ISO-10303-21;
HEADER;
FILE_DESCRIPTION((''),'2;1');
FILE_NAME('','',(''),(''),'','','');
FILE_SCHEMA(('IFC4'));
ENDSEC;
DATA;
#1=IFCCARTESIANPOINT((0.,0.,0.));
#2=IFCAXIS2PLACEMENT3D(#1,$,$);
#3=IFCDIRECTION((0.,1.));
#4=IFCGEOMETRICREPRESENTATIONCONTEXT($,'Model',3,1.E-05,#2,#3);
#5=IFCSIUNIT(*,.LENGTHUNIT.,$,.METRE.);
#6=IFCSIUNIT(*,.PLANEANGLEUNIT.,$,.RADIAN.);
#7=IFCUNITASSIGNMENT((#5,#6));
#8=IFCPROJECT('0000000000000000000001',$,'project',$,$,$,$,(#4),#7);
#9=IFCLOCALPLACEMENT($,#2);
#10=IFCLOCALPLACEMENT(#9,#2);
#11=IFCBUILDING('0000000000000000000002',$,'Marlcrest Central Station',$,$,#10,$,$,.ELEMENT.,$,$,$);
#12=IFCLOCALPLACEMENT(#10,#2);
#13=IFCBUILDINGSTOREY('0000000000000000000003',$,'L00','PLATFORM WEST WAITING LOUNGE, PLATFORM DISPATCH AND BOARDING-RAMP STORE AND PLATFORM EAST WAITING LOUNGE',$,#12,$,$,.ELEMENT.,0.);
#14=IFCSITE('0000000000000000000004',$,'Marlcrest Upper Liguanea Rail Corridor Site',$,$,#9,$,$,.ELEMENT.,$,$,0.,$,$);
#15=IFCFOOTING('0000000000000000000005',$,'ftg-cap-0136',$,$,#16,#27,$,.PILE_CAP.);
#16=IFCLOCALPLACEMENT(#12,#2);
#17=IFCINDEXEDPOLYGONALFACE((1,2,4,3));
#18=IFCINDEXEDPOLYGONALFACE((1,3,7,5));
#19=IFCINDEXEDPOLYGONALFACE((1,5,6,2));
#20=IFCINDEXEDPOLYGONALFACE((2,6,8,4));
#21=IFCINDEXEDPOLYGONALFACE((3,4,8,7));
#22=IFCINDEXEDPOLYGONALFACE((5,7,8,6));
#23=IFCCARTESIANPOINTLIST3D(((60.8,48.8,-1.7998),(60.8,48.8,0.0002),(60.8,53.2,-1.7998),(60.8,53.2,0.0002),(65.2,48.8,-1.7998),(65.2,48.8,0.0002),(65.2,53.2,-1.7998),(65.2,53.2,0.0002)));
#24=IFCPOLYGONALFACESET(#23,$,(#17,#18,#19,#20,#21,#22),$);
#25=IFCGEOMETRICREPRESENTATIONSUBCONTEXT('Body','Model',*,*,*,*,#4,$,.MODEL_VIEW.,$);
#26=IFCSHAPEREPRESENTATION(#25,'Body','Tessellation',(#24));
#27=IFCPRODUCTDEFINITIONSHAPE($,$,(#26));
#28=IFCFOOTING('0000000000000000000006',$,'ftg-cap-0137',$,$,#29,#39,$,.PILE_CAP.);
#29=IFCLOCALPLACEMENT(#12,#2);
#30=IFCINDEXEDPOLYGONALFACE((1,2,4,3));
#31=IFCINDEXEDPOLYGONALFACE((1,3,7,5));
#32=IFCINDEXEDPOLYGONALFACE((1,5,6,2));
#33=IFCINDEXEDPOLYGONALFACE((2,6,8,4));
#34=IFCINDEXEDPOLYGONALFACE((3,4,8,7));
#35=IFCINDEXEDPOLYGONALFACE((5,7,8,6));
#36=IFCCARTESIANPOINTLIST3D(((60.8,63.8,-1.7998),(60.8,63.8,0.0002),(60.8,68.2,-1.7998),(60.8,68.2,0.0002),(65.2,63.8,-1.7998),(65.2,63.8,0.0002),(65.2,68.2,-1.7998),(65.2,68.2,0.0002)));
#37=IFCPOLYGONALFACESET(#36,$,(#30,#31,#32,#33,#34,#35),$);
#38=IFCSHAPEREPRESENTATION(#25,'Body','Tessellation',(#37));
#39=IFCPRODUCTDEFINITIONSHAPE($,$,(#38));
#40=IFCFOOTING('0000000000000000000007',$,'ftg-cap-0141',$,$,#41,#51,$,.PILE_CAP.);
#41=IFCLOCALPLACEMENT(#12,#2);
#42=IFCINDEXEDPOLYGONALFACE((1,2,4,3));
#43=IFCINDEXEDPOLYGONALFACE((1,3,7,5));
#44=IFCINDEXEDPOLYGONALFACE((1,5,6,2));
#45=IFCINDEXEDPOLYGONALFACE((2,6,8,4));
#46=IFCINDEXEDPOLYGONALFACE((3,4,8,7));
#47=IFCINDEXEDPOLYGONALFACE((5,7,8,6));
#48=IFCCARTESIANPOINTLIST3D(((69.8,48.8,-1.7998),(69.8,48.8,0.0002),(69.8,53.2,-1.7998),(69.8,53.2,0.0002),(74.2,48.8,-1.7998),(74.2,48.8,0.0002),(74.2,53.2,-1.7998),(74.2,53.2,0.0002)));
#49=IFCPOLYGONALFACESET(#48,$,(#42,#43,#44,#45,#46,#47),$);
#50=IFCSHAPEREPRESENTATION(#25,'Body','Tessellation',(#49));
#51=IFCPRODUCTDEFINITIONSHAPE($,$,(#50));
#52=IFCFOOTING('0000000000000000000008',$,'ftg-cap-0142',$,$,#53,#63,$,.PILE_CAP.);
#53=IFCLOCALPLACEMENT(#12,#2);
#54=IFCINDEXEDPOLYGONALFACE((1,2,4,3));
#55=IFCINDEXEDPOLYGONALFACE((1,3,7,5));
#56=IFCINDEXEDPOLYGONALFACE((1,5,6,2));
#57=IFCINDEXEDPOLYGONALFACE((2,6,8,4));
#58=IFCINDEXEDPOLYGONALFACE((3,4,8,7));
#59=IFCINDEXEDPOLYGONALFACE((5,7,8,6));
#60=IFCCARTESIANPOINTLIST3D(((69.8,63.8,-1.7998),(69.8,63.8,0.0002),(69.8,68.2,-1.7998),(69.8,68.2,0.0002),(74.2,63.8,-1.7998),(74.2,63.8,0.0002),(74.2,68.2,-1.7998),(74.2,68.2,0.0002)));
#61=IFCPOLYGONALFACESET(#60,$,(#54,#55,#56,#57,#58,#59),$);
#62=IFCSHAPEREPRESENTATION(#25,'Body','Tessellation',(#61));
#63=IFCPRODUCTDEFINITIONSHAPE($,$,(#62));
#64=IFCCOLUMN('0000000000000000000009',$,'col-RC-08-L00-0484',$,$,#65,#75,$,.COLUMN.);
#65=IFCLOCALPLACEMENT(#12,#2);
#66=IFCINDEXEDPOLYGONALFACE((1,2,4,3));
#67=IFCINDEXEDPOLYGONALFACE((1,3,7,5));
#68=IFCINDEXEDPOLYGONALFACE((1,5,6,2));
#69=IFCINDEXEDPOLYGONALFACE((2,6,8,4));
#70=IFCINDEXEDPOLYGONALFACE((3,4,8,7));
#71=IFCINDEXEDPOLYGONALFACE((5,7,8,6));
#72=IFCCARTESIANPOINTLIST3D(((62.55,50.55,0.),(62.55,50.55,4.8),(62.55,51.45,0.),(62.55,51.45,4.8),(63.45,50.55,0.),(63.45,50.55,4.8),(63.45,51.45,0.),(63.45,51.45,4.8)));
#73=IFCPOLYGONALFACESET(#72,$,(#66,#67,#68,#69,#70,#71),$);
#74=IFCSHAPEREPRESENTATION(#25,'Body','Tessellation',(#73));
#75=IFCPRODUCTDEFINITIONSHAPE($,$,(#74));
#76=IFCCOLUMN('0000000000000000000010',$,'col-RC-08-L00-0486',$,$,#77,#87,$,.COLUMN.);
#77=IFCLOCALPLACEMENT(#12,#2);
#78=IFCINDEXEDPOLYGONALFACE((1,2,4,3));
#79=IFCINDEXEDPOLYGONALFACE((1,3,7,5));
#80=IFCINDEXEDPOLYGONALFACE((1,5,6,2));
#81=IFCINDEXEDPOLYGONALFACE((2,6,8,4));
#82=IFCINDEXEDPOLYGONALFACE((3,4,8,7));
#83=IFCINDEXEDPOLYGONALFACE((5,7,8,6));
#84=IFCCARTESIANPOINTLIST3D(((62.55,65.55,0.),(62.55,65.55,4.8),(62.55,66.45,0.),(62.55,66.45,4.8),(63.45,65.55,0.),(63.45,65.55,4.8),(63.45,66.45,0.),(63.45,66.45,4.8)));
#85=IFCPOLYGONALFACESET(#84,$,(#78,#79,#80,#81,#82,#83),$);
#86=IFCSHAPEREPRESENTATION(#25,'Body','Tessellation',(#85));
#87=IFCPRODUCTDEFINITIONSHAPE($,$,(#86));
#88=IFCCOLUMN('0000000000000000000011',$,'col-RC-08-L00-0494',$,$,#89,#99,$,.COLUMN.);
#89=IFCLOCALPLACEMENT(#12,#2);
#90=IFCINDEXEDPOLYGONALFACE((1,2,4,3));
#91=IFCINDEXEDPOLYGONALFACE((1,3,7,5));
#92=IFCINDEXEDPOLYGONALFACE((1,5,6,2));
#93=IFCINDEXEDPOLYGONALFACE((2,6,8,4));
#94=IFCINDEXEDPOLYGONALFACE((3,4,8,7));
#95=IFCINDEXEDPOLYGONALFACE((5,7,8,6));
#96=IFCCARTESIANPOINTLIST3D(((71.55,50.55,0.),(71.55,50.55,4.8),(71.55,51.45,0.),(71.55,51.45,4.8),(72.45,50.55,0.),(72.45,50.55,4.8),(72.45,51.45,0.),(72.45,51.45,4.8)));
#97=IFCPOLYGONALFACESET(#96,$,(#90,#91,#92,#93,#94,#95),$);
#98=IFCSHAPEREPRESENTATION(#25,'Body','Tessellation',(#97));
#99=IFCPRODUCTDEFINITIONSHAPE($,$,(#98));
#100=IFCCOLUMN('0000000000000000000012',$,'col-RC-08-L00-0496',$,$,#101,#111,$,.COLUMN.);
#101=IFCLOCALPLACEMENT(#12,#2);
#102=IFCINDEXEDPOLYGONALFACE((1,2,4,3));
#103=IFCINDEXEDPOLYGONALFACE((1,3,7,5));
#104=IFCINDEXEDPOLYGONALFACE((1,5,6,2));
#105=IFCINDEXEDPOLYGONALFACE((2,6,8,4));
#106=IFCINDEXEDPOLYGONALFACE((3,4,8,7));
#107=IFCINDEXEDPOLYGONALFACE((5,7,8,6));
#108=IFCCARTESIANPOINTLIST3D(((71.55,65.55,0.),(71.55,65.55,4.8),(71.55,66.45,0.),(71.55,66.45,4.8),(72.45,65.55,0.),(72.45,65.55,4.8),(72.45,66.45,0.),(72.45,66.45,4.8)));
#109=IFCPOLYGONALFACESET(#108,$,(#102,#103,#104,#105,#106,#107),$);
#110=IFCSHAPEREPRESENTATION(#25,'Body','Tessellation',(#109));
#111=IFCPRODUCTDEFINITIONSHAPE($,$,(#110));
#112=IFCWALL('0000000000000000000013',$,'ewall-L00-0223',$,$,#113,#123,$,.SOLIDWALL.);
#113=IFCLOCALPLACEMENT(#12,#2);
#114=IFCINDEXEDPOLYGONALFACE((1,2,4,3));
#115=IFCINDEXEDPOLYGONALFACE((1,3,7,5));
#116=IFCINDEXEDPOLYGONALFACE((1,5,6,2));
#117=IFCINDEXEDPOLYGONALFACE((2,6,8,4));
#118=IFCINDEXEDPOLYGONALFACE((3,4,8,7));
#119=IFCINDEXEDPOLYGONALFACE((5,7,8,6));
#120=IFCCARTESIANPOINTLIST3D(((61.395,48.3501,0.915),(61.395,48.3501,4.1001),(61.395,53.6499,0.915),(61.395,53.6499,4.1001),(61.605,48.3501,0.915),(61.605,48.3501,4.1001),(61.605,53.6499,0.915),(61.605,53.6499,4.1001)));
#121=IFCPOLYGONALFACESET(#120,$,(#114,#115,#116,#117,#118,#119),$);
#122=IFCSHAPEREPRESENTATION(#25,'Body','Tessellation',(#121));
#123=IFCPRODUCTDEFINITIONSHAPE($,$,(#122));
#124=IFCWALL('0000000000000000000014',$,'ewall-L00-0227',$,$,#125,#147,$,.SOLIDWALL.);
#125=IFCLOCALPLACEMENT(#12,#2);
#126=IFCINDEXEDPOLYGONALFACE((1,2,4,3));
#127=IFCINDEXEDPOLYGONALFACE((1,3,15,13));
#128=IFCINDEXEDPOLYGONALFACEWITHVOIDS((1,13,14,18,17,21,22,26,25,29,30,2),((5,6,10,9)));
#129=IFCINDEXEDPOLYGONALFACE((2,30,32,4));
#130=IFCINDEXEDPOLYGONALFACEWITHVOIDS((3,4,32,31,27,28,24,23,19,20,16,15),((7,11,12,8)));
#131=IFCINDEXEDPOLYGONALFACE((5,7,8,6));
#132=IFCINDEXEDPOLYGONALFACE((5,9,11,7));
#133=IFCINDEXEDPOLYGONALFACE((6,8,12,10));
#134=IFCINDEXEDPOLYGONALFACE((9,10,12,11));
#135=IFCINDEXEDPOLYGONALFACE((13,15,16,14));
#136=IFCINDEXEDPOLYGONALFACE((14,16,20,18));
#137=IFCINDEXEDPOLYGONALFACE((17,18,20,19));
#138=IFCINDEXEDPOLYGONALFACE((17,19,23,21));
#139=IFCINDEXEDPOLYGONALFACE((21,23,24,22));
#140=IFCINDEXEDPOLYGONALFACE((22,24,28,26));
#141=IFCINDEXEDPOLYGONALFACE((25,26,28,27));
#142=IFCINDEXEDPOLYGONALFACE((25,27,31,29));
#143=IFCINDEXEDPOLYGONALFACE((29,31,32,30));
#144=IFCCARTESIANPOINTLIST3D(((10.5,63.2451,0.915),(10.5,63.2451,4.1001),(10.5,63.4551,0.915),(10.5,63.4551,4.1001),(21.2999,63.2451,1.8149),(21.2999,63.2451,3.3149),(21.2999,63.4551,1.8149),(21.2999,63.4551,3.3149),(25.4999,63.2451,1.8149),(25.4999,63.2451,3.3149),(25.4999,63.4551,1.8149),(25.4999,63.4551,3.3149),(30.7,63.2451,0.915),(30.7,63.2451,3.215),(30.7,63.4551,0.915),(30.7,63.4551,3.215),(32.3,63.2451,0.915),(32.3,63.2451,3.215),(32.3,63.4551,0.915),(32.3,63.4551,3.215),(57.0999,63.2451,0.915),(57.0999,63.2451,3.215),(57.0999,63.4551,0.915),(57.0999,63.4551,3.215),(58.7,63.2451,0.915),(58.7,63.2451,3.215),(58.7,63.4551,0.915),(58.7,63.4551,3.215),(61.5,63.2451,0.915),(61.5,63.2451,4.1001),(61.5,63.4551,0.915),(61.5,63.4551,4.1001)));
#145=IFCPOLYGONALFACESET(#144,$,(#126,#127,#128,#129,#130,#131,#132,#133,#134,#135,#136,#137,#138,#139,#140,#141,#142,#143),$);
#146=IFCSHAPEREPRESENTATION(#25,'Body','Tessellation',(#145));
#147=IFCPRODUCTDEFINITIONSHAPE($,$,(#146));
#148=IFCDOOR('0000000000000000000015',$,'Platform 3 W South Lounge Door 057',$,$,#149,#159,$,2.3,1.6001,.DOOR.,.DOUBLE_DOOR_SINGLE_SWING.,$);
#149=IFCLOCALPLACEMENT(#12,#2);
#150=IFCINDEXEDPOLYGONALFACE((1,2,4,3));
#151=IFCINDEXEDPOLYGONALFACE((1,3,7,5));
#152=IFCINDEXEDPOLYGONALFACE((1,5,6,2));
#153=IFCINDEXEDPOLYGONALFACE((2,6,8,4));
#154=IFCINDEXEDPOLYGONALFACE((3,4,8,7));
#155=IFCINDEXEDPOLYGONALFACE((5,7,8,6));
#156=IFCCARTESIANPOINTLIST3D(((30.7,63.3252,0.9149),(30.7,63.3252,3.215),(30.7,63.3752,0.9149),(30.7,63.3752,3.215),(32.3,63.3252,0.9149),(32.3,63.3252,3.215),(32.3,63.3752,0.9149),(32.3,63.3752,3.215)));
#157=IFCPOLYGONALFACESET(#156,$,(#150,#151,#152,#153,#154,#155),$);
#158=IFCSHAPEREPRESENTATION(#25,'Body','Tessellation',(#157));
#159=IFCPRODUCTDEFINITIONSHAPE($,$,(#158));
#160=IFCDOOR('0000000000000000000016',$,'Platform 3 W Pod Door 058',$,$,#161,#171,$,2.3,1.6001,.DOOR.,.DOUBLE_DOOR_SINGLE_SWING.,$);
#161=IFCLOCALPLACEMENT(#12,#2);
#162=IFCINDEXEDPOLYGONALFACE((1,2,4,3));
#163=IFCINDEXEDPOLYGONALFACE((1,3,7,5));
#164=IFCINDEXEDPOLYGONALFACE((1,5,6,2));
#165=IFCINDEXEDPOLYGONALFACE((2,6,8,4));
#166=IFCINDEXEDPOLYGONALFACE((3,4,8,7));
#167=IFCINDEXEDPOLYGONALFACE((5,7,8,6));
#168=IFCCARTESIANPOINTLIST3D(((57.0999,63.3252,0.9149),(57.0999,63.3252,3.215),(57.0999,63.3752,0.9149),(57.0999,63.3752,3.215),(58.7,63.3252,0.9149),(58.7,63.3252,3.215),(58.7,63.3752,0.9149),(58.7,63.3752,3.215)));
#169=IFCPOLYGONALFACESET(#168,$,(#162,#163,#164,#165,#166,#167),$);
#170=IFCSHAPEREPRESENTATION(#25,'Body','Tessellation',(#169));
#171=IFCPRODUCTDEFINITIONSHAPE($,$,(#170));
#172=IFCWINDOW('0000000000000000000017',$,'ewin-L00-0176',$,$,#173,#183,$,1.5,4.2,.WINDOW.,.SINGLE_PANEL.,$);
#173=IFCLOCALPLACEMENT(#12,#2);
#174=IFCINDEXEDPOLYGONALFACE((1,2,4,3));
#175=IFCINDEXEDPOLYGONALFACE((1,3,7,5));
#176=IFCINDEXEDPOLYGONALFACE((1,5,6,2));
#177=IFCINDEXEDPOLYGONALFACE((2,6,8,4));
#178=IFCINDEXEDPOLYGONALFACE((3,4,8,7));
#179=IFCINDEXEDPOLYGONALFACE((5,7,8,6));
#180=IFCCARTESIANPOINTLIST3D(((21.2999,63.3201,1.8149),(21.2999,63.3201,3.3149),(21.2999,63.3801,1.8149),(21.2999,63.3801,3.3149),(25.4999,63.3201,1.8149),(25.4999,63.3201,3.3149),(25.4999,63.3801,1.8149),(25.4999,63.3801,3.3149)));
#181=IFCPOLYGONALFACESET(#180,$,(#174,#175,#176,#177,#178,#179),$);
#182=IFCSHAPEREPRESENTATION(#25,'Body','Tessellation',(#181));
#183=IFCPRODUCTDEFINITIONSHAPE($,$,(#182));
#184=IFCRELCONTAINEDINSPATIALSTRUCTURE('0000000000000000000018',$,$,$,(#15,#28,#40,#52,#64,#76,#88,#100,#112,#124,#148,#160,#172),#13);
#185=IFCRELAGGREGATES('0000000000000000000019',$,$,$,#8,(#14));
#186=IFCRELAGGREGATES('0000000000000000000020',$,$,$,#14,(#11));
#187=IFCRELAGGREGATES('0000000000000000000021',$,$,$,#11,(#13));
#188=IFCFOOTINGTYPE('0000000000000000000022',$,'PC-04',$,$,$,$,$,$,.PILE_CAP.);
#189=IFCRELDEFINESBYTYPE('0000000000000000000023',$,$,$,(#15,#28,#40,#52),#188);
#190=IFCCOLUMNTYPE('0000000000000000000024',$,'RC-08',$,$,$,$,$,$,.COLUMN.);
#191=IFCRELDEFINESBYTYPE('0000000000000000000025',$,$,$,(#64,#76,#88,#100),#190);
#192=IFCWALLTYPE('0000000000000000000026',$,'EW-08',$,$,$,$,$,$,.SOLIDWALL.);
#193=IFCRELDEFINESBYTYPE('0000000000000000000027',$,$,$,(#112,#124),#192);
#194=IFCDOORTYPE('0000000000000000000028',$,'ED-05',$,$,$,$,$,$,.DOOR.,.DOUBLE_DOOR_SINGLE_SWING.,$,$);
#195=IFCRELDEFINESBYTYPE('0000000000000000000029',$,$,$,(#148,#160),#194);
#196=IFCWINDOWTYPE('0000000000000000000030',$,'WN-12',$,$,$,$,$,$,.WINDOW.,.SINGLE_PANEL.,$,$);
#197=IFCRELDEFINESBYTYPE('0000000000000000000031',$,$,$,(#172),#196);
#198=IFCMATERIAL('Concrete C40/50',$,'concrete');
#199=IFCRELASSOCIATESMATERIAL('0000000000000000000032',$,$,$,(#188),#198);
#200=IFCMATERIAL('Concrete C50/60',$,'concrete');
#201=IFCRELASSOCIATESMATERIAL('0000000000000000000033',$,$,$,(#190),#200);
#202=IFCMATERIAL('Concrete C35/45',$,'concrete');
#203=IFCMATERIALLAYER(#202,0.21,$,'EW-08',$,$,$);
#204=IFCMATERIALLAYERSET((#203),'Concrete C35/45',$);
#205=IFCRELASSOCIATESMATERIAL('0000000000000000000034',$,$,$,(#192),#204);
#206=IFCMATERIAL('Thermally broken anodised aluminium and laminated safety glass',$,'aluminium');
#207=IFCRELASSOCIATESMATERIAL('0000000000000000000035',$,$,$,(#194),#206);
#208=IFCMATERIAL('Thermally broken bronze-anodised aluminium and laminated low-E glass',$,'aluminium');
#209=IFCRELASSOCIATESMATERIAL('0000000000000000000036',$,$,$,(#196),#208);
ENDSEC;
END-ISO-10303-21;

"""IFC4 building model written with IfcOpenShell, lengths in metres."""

from ifc_helpers import new_model, si_unit, direction, frame, frame_2d, origin, origin_2d, place, context, subcontext, project, spatial, rectangle, extrude, material, layer, layer_set, material_profile, profile_set, type_object, element, fill, save


model = new_model("IFC4")

# Units and contexts
model_context = context("Model", 3, precision=1e-05, world=origin(), true_north=direction((0.0, 1.0)))
body_context = subcontext(model_context, "Body", "Model", "MODEL_VIEW")
ifc_project = project(units=[si_unit("LENGTHUNIT", "METRE"), si_unit("PLANEANGLEUNIT", "RADIAN")], contexts=[model_context])

# Site, building, storey
site_placement = place(None, origin())
site = spatial("IfcSite", under=ifc_project, at=site_placement, Name="Marlcrest Upper Liguanea Rail Corridor Site", CompositionType="ELEMENT", RefElevation=0.0)
building_placement = place(site_placement, origin())
building = spatial("IfcBuilding", under=site, at=building_placement, Name="Marlcrest Central Station", CompositionType="ELEMENT")
storey_placement = place(building_placement, origin())
storey = spatial("IfcBuildingStorey", under=building, at=storey_placement, Name="L00", Description="PLATFORM WEST WAITING LOUNGE, PLATFORM DISPATCH AND BOARDING-RAMP STORE AND PLATFORM EAST WAITING LOUNGE", CompositionType="ELEMENT", Elevation=0.0)

# Shared definitions
ifc_material_1 = material(Name="Concrete C35/45", Category="concrete")

# Footings
ifc_material_2 = material(Name="Concrete C40/50", Category="concrete")
footing_type = type_object("IfcFootingType", Name="PC-04", PredefinedType="PILE_CAP", material=ifc_material_2)
for number, where, z_axis, x_axis, name in (
    (1, (63.0, 51.0, -1.7998), (0.0, 0.0, 1.0), (1.0, 0.0, 0.0), "ftg-cap-0136"),
    (2, (63.0, 66.0, -1.7998), (0.0, 0.0, 1.0), (1.0, 0.0, 0.0), "ftg-cap-0137"),
    (3, (72.0, 51.0, -1.7998), (0.0, 0.0, 1.0), (1.0, 0.0, 0.0), "ftg-cap-0141"),
    (4, (72.0, 66.0, -1.7998), (0.0, 0.0, 1.0), (1.0, 0.0, 0.0), "ftg-cap-0142"),
):
    element("IfcFooting", number, at=place(storey_placement, frame(where, z_axis=z_axis, x_axis=x_axis)), inside=storey, type_object=footing_type, Name=name, PredefinedType="PILE_CAP", context=body_context, shape_type="SweptSolid", body=[
        extrude(rectangle(XDim=4.3999, YDim=4.3999, at=origin_2d()), origin(), (0.0, 0.0, 1.0), 1.8),
    ])

# Columns
ifc_material_3 = material(Name="Concrete C50/60", Category="concrete")
ifc_material_profile_1 = material_profile(ifc_material_3, rectangle(XDim=0.8999, YDim=0.8999, at=origin_2d()), Name="RC 900x900")
ifc_profile_set_1 = profile_set([ifc_material_profile_1], Name="Concrete C50/60")
column_type = type_object("IfcColumnType", Name="RC-08", PredefinedType="COLUMN", material=ifc_profile_set_1)
for number, where, z_axis, x_axis, name in (
    (5, (63.0, 51.0, 0.0), (0.0, 0.0, 1.0), (1.0, 0.0, 0.0), "col-RC-08-L00-0484"),
    (6, (63.0, 66.0, 0.0), (0.0, 0.0, 1.0), (1.0, 0.0, 0.0), "col-RC-08-L00-0486"),
    (7, (72.0, 51.0, 0.0), (0.0, 0.0, 1.0), (1.0, 0.0, 0.0), "col-RC-08-L00-0494"),
    (8, (72.0, 66.0, 0.0), (0.0, 0.0, 1.0), (1.0, 0.0, 0.0), "col-RC-08-L00-0496"),
):
    element("IfcColumn", number, at=place(storey_placement, frame(where, z_axis=z_axis, x_axis=x_axis)), inside=storey, type_object=column_type, Name=name, PredefinedType="COLUMN", context=body_context, shape_type="SweptSolid", body=[
        extrude(rectangle(XDim=0.8999, YDim=0.8999, at=origin_2d()), origin(), (0.0, 0.0, 1.0), 4.8),
    ])

# Wall
ifc_layer_1 = layer(ifc_material_1, 0.21, Name="EW-08")
ifc_layer_set_1 = layer_set([ifc_layer_1], Name="Concrete C35/45")
wall_type_1 = type_object("IfcWallType", Name="EW-08", PredefinedType="SOLIDWALL", material=ifc_layer_set_1)
wall_1_placement = place(storey_placement, frame((61.5, 53.6499, 0.915), z_axis=(0.0, 0.0, 1.0), x_axis=(0.0, -1.0, 0.0)))
element("IfcWall", 9, at=wall_1_placement, inside=storey, type_object=wall_type_1, Name="ewall-L00-0223", PredefinedType="SOLIDWALL", context=body_context, shape_type="SweptSolid", body=[
    extrude(rectangle(XDim=5.2998, YDim=0.21, at=frame_2d((2.6499, 0.0))), origin(), (0.0, 0.0, 1.0), 3.1851),
])

# Wall, openings, doors, window
wall_2_placement = place(storey_placement, frame((61.5, 63.3501, 0.915), z_axis=(0.0, 0.0, 1.0), x_axis=(-1.0, 0.0, 0.0)))
wall_2 = element("IfcWall", 10, at=wall_2_placement, inside=storey, type_object=wall_type_1, Name="ewall-L00-0227", PredefinedType="SOLIDWALL", context=body_context, shape_type="SweptSolid", body=[
    extrude(rectangle(XDim=51.0, YDim=0.21, at=frame_2d((25.5, 0.0))), origin(), (0.0, 0.0, 1.0), 3.1851),
])
opening_1_placement = place(wall_2_placement, frame((29.2, 0.0, 0.0)))
opening_1 = element("IfcOpeningElement", 11, at=opening_1_placement, cuts=wall_2, PredefinedType="OPENING", context=body_context, shape_type="SweptSolid", body=[
    extrude(rectangle(XDim=1.6001, YDim=2.3, at=frame_2d((0.8, 1.1499))), frame((0.0, 0.115, 0.0), z_axis=(0.0, -1.0, 0.0), x_axis=(1.0, 0.0, 0.0)), (0.0, 0.0, 1.0), 0.23),
])
opening_2_placement = place(wall_2_placement, frame((2.8, 0.0, 0.0)))
opening_2 = element("IfcOpeningElement", 12, at=opening_2_placement, cuts=wall_2, PredefinedType="OPENING", context=body_context, shape_type="SweptSolid", body=[
    extrude(rectangle(XDim=1.6001, YDim=2.3, at=frame_2d((0.8, 1.1499))), frame((0.0, 0.115, 0.0), z_axis=(0.0, -1.0, 0.0), x_axis=(1.0, 0.0, 0.0)), (0.0, 0.0, 1.0), 0.23),
])
opening_3_placement = place(wall_2_placement, frame((36.0, 0.0, 0.8999)))
opening_3 = element("IfcOpeningElement", 13, at=opening_3_placement, cuts=wall_2, PredefinedType="OPENING", context=body_context, shape_type="SweptSolid", body=[
    extrude(rectangle(XDim=4.2, YDim=1.5, at=frame_2d((2.1001, 0.75))), frame((0.0, 0.115, 0.0), z_axis=(0.0, -1.0, 0.0), x_axis=(1.0, 0.0, 0.0)), (0.0, 0.0, 1.0), 0.23),
])
ifc_material_4 = material(Name="Thermally broken anodised aluminium and laminated safety glass", Category="aluminium")
door_type = type_object("IfcDoorType", Name="ED-05", OperationType="DOUBLE_DOOR_SINGLE_SWING", PredefinedType="DOOR", material=ifc_material_4)
door_1_placement = place(opening_1_placement, origin())
door_1 = element("IfcDoor", 14, at=door_1_placement, inside=storey, type_object=door_type, Name="Platform 3 W South Lounge Door 057", OperationType="DOUBLE_DOOR_SINGLE_SWING", OverallHeight=2.3, OverallWidth=1.6001, PredefinedType="DOOR", context=body_context, shape_type="SweptSolid", body=[
    extrude(rectangle(XDim=1.6001, YDim=2.3, at=frame_2d((0.8, 1.1499))), frame((0.0, 0.0249, 0.0), z_axis=(0.0, -1.0, 0.0), x_axis=(1.0, 0.0, 0.0)), (0.0, 0.0, 1.0), 0.05),
])
fill(opening_1, door_1)
door_2_placement = place(opening_2_placement, origin())
door_2 = element("IfcDoor", 15, at=door_2_placement, inside=storey, type_object=door_type, Name="Platform 3 W Pod Door 058", OperationType="DOUBLE_DOOR_SINGLE_SWING", OverallHeight=2.3, OverallWidth=1.6001, PredefinedType="DOOR", context=body_context, shape_type="SweptSolid", body=[
    extrude(rectangle(XDim=1.6001, YDim=2.3, at=frame_2d((0.8, 1.1499))), frame((0.0, 0.0249, 0.0), z_axis=(0.0, -1.0, 0.0), x_axis=(1.0, 0.0, 0.0)), (0.0, 0.0, 1.0), 0.05),
])
fill(opening_2, door_2)
ifc_material_5 = material(Name="Thermally broken bronze-anodised aluminium and laminated low-E glass", Category="aluminium")
window_type = type_object("IfcWindowType", Name="WN-12", PartitioningType="SINGLE_PANEL", PredefinedType="WINDOW", material=ifc_material_5)
window_placement = place(opening_3_placement, origin())
window = element("IfcWindow", 16, at=window_placement, inside=storey, type_object=window_type, Name="ewin-L00-0176", OverallHeight=1.5, OverallWidth=4.2, PartitioningType="SINGLE_PANEL", PredefinedType="WINDOW", context=body_context, shape_type="SweptSolid", body=[
    extrude(rectangle(XDim=4.2, YDim=1.5, at=frame_2d((2.1001, 0.75))), frame((0.0, 0.03, 0.0), z_axis=(0.0, -1.0, 0.0), x_axis=(1.0, 0.0, 0.0)), (0.0, 0.0, 1.0), 0.0601),
])
fill(opening_3, window)

save(model, "model.ifc")
